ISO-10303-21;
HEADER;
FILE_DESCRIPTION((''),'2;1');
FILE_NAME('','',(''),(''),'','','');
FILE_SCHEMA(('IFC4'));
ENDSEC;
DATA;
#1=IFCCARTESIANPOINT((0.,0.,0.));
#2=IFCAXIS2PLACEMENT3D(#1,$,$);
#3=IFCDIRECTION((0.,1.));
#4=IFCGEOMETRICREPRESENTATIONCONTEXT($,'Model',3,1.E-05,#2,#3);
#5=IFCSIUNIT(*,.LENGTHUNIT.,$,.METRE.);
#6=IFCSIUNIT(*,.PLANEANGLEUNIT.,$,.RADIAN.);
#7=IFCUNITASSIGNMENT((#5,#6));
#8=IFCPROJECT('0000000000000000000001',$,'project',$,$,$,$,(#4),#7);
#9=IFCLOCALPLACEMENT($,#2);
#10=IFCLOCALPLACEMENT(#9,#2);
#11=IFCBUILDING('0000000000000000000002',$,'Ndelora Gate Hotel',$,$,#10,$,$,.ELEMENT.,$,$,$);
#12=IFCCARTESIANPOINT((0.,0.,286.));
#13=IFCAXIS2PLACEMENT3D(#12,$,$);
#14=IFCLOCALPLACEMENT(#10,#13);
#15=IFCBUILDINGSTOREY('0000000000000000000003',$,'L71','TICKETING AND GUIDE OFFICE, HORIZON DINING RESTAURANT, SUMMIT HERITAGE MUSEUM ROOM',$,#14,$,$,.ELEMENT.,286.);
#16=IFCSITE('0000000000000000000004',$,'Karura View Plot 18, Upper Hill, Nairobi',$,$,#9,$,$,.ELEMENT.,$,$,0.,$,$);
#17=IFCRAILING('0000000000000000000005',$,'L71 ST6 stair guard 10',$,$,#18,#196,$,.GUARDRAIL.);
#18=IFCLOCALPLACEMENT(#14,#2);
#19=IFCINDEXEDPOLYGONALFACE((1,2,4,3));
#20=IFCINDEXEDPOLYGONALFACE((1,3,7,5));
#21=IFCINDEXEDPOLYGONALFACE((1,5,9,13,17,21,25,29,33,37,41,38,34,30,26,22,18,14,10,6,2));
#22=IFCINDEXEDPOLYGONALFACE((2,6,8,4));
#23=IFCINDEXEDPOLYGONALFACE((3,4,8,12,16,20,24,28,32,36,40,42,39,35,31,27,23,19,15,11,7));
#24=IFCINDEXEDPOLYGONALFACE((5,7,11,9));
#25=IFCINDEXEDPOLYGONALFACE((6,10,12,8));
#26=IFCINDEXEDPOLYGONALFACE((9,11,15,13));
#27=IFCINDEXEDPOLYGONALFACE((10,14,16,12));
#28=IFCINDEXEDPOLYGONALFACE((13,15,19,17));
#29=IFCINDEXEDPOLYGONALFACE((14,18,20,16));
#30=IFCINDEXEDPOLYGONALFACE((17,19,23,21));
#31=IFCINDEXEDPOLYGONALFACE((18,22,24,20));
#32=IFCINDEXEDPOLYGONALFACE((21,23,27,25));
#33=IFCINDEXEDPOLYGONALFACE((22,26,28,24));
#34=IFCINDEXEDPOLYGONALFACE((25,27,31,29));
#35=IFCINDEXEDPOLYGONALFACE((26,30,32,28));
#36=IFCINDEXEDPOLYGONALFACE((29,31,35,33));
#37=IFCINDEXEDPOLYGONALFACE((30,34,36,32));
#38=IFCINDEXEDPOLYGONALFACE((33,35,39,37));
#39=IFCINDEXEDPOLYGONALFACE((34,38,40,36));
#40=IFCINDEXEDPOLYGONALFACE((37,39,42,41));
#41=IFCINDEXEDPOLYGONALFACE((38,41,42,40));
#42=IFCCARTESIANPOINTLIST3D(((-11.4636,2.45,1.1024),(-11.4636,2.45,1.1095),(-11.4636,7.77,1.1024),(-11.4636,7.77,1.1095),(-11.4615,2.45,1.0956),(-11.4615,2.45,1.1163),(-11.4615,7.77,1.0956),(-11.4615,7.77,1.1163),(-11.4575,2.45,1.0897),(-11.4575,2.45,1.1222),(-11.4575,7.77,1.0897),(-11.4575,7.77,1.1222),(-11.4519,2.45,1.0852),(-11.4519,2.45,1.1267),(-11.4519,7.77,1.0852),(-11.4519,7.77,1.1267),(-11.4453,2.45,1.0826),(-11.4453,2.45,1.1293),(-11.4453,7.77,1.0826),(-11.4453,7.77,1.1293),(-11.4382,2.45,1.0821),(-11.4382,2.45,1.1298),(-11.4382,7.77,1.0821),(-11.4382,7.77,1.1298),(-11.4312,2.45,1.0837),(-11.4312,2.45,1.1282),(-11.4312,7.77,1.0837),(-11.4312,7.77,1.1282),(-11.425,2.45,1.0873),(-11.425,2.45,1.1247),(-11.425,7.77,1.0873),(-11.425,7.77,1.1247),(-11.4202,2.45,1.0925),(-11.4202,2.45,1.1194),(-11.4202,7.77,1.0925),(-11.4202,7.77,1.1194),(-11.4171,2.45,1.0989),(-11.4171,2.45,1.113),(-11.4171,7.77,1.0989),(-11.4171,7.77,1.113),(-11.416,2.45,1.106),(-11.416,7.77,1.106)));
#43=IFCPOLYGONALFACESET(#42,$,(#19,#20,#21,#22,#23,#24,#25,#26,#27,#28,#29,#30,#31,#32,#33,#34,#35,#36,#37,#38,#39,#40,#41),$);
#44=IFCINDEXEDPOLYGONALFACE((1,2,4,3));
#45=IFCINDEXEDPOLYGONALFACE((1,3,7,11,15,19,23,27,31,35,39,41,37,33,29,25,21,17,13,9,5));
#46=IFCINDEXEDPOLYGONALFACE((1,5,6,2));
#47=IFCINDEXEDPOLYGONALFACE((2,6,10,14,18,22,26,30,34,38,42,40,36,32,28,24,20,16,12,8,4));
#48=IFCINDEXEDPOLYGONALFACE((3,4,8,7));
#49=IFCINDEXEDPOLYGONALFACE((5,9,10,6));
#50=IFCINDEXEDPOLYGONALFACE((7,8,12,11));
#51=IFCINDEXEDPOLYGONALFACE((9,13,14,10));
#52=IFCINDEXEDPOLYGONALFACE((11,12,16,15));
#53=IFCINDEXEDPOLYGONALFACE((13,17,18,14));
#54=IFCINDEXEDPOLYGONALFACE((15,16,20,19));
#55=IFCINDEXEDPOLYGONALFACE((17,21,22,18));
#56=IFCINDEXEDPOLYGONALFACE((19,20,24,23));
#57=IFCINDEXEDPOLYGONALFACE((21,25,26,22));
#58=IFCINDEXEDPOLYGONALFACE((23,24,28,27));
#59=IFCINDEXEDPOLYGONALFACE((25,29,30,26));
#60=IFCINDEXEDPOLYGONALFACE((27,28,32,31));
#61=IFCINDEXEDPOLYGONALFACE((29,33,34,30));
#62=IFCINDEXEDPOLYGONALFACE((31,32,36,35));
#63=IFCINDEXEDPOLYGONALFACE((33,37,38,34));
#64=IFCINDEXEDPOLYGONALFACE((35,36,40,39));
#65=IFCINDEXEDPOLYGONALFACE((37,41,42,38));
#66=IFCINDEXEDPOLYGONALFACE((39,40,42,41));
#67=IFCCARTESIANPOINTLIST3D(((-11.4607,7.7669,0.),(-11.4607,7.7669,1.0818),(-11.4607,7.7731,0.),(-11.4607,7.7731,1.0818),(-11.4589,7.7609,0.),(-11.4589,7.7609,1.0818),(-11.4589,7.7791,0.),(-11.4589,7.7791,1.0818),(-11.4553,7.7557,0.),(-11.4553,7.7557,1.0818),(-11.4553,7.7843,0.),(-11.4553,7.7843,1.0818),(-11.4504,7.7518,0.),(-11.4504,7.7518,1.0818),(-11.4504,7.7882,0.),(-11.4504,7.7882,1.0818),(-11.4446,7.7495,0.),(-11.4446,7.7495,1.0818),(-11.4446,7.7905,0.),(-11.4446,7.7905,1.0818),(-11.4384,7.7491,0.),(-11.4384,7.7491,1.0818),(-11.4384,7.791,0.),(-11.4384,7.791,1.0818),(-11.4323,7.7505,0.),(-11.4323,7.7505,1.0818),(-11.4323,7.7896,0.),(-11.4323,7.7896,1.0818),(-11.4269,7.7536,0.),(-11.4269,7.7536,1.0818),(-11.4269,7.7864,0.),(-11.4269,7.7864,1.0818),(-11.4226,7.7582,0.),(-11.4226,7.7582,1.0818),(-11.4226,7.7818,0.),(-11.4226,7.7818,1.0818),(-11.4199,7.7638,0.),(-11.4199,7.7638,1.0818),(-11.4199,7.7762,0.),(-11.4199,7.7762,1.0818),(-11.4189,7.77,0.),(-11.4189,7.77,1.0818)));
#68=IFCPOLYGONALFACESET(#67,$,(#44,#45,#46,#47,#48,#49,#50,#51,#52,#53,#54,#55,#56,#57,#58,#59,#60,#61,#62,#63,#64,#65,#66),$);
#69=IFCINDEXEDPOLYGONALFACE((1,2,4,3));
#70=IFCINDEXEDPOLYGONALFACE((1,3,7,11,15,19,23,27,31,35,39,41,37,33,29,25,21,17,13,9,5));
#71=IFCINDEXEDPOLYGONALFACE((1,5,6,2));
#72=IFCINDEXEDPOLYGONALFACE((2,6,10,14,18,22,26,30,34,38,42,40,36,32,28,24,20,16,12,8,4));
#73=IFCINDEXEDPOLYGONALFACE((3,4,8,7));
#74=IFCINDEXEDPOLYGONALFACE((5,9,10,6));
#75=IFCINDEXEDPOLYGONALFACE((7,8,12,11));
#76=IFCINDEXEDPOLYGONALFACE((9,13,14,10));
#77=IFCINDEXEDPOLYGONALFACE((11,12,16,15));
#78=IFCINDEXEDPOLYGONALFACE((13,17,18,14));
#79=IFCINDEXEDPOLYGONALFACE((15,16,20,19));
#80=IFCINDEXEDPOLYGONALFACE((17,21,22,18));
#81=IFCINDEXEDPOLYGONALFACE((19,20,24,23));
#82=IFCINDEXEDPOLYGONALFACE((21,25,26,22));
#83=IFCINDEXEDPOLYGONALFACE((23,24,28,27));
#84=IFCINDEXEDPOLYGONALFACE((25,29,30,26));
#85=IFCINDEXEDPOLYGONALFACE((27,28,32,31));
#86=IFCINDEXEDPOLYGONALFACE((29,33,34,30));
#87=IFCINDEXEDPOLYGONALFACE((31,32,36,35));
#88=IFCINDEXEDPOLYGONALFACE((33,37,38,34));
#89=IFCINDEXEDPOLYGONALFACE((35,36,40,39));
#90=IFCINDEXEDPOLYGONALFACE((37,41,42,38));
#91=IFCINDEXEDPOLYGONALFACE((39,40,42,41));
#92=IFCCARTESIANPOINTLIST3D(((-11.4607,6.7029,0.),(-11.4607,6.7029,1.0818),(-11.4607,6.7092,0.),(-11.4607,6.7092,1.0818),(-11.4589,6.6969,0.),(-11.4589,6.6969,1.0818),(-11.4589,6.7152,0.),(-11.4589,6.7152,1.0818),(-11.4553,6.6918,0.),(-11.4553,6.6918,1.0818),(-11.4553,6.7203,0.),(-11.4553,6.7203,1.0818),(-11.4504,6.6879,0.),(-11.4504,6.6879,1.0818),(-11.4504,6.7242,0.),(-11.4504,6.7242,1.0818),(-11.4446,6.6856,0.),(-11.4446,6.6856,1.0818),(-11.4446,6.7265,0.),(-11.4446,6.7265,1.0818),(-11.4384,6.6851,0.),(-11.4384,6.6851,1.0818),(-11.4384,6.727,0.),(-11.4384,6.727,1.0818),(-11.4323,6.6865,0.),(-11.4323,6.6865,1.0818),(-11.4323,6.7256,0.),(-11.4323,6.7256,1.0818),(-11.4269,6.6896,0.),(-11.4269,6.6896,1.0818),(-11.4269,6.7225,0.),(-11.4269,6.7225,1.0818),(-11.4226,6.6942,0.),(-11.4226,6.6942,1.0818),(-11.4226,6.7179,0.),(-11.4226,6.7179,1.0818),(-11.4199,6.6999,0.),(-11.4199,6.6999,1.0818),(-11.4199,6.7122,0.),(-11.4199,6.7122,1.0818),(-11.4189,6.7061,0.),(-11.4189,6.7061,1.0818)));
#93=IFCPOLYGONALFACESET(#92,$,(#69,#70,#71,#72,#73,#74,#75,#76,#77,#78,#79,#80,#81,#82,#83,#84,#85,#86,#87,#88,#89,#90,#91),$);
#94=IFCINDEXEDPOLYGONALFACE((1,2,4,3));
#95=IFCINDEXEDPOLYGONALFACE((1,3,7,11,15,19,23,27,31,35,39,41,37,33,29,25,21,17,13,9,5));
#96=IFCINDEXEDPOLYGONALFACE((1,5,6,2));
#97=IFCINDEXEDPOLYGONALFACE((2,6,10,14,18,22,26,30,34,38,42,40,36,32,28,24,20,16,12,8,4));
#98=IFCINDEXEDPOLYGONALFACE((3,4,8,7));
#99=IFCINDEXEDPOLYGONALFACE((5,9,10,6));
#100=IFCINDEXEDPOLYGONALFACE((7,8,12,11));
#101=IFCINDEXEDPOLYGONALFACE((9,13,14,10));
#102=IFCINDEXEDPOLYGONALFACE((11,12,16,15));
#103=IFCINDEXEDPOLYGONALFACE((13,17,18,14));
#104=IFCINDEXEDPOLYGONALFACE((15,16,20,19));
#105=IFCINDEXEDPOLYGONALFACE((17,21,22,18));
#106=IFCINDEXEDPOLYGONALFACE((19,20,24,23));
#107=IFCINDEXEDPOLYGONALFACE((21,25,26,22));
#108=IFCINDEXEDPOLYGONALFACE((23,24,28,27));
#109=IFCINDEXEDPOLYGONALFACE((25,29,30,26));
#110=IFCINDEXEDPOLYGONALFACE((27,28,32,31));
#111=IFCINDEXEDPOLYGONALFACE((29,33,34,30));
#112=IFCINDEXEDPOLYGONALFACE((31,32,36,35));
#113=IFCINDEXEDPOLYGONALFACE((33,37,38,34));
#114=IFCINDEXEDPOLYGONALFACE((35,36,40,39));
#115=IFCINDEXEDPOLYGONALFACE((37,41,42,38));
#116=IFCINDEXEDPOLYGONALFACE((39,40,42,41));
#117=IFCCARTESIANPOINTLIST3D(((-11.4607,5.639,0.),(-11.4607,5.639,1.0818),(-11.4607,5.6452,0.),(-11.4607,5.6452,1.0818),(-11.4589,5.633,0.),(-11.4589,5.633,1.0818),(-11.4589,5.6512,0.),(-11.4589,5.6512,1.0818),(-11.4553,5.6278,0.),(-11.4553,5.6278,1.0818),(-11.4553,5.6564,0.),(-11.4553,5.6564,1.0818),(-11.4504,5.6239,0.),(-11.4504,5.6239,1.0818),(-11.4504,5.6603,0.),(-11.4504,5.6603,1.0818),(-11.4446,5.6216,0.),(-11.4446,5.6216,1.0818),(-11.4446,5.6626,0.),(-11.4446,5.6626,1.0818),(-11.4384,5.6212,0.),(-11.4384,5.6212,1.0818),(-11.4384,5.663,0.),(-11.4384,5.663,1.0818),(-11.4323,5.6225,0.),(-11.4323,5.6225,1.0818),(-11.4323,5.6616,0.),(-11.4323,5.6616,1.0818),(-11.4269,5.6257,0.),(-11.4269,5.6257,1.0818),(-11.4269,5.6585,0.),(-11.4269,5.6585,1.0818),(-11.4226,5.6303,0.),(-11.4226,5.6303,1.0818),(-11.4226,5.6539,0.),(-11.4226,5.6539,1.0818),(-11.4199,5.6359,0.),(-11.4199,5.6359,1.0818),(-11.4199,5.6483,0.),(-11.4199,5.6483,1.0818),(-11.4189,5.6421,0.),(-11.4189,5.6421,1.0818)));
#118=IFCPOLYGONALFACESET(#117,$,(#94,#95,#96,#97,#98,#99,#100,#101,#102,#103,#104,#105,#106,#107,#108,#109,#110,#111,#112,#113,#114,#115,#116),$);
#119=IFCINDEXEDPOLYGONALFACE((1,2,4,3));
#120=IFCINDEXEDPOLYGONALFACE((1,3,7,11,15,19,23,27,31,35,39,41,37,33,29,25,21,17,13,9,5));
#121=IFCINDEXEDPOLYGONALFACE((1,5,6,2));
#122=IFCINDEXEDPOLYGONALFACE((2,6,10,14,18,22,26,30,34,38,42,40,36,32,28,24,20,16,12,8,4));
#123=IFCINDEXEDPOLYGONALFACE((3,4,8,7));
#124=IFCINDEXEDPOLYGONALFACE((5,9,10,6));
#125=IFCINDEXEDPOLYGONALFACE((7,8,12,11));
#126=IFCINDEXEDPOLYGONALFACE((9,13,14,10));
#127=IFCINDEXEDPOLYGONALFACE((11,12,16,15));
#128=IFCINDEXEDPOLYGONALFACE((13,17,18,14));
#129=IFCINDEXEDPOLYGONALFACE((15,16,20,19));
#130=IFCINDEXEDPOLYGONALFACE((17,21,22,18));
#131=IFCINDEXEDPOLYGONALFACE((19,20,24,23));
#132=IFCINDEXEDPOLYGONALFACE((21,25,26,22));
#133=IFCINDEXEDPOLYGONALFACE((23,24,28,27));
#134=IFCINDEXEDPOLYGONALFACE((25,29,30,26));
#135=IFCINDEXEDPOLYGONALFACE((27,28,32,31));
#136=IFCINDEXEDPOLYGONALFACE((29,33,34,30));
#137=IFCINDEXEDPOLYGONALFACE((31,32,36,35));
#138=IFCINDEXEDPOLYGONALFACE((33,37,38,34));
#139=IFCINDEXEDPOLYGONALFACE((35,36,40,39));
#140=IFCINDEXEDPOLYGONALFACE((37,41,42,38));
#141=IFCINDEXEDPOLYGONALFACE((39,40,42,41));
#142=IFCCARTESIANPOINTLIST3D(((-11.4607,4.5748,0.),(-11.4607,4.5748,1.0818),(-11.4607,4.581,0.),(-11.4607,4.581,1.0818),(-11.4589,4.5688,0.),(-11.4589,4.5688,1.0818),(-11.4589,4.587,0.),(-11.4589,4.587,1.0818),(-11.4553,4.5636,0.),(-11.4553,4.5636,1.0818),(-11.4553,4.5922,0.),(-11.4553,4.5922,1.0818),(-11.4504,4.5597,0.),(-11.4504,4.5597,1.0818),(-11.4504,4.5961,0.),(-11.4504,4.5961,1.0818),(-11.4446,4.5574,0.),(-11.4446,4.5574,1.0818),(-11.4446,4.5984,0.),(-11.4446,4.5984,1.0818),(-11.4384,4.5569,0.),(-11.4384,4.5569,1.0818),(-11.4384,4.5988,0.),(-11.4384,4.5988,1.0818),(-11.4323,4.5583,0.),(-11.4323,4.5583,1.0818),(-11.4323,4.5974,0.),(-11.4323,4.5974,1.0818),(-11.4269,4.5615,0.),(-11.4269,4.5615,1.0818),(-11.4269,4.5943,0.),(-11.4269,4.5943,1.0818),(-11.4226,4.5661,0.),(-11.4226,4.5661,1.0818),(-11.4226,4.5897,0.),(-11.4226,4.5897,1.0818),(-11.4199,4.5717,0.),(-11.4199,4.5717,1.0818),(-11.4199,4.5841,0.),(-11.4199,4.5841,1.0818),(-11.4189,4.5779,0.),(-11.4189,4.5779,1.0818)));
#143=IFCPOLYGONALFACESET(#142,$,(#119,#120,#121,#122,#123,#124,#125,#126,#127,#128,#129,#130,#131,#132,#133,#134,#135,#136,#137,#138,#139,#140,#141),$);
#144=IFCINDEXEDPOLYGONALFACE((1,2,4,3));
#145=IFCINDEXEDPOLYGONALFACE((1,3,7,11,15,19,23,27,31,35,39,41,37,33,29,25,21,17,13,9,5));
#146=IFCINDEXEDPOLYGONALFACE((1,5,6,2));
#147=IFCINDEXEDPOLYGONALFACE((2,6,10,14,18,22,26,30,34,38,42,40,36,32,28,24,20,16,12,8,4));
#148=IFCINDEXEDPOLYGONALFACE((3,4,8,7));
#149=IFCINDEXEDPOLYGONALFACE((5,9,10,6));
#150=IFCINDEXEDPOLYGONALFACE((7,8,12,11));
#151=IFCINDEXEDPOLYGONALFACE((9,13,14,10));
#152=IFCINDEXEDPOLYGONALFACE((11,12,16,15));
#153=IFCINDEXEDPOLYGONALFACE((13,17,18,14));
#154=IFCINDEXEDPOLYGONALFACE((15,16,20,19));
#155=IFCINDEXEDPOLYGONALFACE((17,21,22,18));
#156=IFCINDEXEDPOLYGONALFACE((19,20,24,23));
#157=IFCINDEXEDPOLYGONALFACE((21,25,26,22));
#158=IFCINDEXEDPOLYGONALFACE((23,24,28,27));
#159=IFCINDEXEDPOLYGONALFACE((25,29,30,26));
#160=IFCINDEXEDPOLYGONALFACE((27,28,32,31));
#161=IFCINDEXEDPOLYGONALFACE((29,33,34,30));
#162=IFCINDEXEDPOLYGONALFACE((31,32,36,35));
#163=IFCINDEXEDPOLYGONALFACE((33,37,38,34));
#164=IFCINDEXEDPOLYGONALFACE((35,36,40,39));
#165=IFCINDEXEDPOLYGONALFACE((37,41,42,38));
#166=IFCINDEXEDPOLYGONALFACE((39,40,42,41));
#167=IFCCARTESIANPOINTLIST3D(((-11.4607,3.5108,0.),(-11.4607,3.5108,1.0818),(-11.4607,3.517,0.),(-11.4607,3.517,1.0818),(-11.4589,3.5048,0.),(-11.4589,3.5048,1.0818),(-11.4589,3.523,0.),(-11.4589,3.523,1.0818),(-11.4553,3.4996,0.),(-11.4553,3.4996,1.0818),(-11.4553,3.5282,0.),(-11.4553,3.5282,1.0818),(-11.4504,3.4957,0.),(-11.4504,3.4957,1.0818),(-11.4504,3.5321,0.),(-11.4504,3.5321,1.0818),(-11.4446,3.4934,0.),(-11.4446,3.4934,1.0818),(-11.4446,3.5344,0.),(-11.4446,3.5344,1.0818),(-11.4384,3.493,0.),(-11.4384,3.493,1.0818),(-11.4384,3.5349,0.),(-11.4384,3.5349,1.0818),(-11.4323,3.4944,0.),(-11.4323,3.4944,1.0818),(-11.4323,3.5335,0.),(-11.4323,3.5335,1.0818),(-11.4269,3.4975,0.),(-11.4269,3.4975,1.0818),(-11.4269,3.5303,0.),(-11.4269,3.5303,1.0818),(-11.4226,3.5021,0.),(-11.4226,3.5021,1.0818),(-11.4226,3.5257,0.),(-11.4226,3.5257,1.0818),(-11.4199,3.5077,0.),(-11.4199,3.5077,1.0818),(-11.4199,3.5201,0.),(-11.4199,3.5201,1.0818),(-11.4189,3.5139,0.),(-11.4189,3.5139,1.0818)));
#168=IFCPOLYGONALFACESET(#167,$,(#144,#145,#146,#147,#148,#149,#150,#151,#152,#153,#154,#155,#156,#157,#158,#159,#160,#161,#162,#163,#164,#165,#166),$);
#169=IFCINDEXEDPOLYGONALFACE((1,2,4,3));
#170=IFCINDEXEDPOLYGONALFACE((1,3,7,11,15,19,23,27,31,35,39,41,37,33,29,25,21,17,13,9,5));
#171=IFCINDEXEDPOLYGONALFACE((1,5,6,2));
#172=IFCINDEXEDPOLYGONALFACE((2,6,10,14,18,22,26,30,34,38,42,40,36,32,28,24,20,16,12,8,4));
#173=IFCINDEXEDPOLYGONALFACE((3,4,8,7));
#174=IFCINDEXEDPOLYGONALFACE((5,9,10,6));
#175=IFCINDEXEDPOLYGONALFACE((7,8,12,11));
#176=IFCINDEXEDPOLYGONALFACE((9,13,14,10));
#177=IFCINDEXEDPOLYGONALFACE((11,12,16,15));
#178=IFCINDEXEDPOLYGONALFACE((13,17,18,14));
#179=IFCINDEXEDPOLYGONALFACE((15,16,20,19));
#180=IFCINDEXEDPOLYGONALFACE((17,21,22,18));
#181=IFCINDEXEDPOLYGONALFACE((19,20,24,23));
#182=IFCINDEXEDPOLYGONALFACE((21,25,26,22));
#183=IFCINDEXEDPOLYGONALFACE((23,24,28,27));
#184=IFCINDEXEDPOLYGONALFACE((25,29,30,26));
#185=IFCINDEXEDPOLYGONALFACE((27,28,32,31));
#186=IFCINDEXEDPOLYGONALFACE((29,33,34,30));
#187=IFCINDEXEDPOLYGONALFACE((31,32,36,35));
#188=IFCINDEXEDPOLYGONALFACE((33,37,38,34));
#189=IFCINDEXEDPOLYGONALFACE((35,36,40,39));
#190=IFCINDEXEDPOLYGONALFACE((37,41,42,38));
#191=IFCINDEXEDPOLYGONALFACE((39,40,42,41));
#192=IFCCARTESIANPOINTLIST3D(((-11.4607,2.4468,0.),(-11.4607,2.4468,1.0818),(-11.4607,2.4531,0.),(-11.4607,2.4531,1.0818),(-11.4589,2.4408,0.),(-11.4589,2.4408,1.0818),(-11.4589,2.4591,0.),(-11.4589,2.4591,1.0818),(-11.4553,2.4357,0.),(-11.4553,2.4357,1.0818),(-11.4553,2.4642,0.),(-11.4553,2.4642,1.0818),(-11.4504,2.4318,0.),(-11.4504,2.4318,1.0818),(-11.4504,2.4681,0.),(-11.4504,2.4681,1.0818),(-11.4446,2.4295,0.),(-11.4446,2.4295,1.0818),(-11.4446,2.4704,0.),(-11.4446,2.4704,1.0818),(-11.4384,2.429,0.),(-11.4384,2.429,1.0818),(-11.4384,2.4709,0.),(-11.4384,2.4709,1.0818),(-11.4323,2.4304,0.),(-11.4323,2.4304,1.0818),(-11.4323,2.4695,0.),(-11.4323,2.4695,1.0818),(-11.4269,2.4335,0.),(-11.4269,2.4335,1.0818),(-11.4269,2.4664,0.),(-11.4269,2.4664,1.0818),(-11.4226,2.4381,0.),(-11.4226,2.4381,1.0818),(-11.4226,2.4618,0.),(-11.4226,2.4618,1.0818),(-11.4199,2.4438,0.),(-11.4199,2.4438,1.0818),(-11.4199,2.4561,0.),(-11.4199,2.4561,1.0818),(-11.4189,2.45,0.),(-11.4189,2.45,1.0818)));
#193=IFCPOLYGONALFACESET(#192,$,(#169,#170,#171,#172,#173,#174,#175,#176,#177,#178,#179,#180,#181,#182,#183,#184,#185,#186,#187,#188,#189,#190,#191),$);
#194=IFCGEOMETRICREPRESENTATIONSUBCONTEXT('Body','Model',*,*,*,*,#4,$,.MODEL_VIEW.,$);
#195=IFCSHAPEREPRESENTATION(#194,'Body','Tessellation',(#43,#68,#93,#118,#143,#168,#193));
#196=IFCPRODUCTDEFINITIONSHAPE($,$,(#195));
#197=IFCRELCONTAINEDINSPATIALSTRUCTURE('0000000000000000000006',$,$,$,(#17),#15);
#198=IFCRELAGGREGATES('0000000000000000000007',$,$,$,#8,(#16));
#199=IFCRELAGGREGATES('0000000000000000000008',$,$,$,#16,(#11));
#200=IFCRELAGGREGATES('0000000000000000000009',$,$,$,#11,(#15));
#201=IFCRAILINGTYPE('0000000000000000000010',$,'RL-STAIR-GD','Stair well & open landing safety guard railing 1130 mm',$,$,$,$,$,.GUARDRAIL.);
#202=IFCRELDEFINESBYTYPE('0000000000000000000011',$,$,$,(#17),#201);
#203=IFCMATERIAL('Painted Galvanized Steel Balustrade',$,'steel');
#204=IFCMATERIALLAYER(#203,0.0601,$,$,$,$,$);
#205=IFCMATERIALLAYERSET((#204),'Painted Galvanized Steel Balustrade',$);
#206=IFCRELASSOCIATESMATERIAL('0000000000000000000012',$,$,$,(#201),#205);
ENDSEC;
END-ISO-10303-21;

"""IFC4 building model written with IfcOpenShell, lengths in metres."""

from ifc_helpers import new_model, si_unit, direction, frame, origin, origin_2d, place, context, subcontext, project, spatial, circle, extrude, material, layer, layer_set, type_object, element, save


model = new_model("IFC4")

# Units and contexts
model_context = context("Model", 3, precision=1e-05, world=origin(), true_north=direction((0.0, 1.0)))
body_context = subcontext(model_context, "Body", "Model", "MODEL_VIEW")
ifc_project = project(units=[si_unit("LENGTHUNIT", "METRE"), si_unit("PLANEANGLEUNIT", "RADIAN")], contexts=[model_context])

# Site, building, storey
site_placement = place(None, origin())
site = spatial("IfcSite", under=ifc_project, at=site_placement, Name="Karura View Plot 18, Upper Hill, Nairobi", CompositionType="ELEMENT", RefElevation=0.0)
building_placement = place(site_placement, origin())
building = spatial("IfcBuilding", under=site, at=building_placement, Name="Ndelora Gate Hotel", CompositionType="ELEMENT")
storey_placement = place(building_placement, frame((0.0, 0.0, 286.0)))
storey = spatial("IfcBuildingStorey", under=building, at=storey_placement, Name="L71", Description="TICKETING AND GUIDE OFFICE, HORIZON DINING RESTAURANT, SUMMIT HERITAGE MUSEUM ROOM", CompositionType="ELEMENT", Elevation=286.0)

# Railing
ifc_material_1 = material(Name="Painted Galvanized Steel Balustrade", Category="steel")
ifc_layer_1 = layer(ifc_material_1, 0.0601)
ifc_layer_set_1 = layer_set([ifc_layer_1], Name="Painted Galvanized Steel Balustrade")
railing_type_1 = type_object("IfcRailingType", Name="RL-STAIR-GD", Description="Stair well & open landing safety guard railing 1130 mm", PredefinedType="GUARDRAIL", material=ifc_layer_set_1)
for number, where, name in (
    (1, (-11.4399, 7.77, 0.0), "L71 ST6 stair guard 10"),
):
    element("IfcRailing", number, at=place(storey_placement, frame(where)), inside=storey, type_object=railing_type_1, Name=name, PredefinedType="GUARDRAIL", context=body_context, shape_type="SweptSolid", body=[
        extrude(circle(Radius=0.0239, at=origin_2d()), frame((0.0, 0.0, 1.106), z_axis=(0.0, -1.0, 0.0), x_axis=(1.0, 0.0, 0.0)), (0.0, 0.0, 1.0), 5.3201),
        extrude(circle(Radius=0.021, at=origin_2d()), origin(), (0.0, 0.0, 1.0), 1.0818),
        extrude(circle(Radius=0.021, at=origin_2d()), frame((0.0, -1.064, 0.0)), (0.0, 0.0, 1.0), 1.0818),
        extrude(circle(Radius=0.021, at=origin_2d()), frame((0.0, -2.1279, 0.0)), (0.0, 0.0, 1.0), 1.0818),
        extrude(circle(Radius=0.021, at=origin_2d()), frame((0.0, -3.1921, 0.0)), (0.0, 0.0, 1.0), 1.0818),
        extrude(circle(Radius=0.021, at=origin_2d()), frame((0.0, -4.2561, 0.0)), (0.0, 0.0, 1.0), 1.0818),
        extrude(circle(Radius=0.021, at=origin_2d()), frame((0.0, -5.3201, 0.0)), (0.0, 0.0, 1.0), 1.0818),
    ])

save(model, "model.ifc")
